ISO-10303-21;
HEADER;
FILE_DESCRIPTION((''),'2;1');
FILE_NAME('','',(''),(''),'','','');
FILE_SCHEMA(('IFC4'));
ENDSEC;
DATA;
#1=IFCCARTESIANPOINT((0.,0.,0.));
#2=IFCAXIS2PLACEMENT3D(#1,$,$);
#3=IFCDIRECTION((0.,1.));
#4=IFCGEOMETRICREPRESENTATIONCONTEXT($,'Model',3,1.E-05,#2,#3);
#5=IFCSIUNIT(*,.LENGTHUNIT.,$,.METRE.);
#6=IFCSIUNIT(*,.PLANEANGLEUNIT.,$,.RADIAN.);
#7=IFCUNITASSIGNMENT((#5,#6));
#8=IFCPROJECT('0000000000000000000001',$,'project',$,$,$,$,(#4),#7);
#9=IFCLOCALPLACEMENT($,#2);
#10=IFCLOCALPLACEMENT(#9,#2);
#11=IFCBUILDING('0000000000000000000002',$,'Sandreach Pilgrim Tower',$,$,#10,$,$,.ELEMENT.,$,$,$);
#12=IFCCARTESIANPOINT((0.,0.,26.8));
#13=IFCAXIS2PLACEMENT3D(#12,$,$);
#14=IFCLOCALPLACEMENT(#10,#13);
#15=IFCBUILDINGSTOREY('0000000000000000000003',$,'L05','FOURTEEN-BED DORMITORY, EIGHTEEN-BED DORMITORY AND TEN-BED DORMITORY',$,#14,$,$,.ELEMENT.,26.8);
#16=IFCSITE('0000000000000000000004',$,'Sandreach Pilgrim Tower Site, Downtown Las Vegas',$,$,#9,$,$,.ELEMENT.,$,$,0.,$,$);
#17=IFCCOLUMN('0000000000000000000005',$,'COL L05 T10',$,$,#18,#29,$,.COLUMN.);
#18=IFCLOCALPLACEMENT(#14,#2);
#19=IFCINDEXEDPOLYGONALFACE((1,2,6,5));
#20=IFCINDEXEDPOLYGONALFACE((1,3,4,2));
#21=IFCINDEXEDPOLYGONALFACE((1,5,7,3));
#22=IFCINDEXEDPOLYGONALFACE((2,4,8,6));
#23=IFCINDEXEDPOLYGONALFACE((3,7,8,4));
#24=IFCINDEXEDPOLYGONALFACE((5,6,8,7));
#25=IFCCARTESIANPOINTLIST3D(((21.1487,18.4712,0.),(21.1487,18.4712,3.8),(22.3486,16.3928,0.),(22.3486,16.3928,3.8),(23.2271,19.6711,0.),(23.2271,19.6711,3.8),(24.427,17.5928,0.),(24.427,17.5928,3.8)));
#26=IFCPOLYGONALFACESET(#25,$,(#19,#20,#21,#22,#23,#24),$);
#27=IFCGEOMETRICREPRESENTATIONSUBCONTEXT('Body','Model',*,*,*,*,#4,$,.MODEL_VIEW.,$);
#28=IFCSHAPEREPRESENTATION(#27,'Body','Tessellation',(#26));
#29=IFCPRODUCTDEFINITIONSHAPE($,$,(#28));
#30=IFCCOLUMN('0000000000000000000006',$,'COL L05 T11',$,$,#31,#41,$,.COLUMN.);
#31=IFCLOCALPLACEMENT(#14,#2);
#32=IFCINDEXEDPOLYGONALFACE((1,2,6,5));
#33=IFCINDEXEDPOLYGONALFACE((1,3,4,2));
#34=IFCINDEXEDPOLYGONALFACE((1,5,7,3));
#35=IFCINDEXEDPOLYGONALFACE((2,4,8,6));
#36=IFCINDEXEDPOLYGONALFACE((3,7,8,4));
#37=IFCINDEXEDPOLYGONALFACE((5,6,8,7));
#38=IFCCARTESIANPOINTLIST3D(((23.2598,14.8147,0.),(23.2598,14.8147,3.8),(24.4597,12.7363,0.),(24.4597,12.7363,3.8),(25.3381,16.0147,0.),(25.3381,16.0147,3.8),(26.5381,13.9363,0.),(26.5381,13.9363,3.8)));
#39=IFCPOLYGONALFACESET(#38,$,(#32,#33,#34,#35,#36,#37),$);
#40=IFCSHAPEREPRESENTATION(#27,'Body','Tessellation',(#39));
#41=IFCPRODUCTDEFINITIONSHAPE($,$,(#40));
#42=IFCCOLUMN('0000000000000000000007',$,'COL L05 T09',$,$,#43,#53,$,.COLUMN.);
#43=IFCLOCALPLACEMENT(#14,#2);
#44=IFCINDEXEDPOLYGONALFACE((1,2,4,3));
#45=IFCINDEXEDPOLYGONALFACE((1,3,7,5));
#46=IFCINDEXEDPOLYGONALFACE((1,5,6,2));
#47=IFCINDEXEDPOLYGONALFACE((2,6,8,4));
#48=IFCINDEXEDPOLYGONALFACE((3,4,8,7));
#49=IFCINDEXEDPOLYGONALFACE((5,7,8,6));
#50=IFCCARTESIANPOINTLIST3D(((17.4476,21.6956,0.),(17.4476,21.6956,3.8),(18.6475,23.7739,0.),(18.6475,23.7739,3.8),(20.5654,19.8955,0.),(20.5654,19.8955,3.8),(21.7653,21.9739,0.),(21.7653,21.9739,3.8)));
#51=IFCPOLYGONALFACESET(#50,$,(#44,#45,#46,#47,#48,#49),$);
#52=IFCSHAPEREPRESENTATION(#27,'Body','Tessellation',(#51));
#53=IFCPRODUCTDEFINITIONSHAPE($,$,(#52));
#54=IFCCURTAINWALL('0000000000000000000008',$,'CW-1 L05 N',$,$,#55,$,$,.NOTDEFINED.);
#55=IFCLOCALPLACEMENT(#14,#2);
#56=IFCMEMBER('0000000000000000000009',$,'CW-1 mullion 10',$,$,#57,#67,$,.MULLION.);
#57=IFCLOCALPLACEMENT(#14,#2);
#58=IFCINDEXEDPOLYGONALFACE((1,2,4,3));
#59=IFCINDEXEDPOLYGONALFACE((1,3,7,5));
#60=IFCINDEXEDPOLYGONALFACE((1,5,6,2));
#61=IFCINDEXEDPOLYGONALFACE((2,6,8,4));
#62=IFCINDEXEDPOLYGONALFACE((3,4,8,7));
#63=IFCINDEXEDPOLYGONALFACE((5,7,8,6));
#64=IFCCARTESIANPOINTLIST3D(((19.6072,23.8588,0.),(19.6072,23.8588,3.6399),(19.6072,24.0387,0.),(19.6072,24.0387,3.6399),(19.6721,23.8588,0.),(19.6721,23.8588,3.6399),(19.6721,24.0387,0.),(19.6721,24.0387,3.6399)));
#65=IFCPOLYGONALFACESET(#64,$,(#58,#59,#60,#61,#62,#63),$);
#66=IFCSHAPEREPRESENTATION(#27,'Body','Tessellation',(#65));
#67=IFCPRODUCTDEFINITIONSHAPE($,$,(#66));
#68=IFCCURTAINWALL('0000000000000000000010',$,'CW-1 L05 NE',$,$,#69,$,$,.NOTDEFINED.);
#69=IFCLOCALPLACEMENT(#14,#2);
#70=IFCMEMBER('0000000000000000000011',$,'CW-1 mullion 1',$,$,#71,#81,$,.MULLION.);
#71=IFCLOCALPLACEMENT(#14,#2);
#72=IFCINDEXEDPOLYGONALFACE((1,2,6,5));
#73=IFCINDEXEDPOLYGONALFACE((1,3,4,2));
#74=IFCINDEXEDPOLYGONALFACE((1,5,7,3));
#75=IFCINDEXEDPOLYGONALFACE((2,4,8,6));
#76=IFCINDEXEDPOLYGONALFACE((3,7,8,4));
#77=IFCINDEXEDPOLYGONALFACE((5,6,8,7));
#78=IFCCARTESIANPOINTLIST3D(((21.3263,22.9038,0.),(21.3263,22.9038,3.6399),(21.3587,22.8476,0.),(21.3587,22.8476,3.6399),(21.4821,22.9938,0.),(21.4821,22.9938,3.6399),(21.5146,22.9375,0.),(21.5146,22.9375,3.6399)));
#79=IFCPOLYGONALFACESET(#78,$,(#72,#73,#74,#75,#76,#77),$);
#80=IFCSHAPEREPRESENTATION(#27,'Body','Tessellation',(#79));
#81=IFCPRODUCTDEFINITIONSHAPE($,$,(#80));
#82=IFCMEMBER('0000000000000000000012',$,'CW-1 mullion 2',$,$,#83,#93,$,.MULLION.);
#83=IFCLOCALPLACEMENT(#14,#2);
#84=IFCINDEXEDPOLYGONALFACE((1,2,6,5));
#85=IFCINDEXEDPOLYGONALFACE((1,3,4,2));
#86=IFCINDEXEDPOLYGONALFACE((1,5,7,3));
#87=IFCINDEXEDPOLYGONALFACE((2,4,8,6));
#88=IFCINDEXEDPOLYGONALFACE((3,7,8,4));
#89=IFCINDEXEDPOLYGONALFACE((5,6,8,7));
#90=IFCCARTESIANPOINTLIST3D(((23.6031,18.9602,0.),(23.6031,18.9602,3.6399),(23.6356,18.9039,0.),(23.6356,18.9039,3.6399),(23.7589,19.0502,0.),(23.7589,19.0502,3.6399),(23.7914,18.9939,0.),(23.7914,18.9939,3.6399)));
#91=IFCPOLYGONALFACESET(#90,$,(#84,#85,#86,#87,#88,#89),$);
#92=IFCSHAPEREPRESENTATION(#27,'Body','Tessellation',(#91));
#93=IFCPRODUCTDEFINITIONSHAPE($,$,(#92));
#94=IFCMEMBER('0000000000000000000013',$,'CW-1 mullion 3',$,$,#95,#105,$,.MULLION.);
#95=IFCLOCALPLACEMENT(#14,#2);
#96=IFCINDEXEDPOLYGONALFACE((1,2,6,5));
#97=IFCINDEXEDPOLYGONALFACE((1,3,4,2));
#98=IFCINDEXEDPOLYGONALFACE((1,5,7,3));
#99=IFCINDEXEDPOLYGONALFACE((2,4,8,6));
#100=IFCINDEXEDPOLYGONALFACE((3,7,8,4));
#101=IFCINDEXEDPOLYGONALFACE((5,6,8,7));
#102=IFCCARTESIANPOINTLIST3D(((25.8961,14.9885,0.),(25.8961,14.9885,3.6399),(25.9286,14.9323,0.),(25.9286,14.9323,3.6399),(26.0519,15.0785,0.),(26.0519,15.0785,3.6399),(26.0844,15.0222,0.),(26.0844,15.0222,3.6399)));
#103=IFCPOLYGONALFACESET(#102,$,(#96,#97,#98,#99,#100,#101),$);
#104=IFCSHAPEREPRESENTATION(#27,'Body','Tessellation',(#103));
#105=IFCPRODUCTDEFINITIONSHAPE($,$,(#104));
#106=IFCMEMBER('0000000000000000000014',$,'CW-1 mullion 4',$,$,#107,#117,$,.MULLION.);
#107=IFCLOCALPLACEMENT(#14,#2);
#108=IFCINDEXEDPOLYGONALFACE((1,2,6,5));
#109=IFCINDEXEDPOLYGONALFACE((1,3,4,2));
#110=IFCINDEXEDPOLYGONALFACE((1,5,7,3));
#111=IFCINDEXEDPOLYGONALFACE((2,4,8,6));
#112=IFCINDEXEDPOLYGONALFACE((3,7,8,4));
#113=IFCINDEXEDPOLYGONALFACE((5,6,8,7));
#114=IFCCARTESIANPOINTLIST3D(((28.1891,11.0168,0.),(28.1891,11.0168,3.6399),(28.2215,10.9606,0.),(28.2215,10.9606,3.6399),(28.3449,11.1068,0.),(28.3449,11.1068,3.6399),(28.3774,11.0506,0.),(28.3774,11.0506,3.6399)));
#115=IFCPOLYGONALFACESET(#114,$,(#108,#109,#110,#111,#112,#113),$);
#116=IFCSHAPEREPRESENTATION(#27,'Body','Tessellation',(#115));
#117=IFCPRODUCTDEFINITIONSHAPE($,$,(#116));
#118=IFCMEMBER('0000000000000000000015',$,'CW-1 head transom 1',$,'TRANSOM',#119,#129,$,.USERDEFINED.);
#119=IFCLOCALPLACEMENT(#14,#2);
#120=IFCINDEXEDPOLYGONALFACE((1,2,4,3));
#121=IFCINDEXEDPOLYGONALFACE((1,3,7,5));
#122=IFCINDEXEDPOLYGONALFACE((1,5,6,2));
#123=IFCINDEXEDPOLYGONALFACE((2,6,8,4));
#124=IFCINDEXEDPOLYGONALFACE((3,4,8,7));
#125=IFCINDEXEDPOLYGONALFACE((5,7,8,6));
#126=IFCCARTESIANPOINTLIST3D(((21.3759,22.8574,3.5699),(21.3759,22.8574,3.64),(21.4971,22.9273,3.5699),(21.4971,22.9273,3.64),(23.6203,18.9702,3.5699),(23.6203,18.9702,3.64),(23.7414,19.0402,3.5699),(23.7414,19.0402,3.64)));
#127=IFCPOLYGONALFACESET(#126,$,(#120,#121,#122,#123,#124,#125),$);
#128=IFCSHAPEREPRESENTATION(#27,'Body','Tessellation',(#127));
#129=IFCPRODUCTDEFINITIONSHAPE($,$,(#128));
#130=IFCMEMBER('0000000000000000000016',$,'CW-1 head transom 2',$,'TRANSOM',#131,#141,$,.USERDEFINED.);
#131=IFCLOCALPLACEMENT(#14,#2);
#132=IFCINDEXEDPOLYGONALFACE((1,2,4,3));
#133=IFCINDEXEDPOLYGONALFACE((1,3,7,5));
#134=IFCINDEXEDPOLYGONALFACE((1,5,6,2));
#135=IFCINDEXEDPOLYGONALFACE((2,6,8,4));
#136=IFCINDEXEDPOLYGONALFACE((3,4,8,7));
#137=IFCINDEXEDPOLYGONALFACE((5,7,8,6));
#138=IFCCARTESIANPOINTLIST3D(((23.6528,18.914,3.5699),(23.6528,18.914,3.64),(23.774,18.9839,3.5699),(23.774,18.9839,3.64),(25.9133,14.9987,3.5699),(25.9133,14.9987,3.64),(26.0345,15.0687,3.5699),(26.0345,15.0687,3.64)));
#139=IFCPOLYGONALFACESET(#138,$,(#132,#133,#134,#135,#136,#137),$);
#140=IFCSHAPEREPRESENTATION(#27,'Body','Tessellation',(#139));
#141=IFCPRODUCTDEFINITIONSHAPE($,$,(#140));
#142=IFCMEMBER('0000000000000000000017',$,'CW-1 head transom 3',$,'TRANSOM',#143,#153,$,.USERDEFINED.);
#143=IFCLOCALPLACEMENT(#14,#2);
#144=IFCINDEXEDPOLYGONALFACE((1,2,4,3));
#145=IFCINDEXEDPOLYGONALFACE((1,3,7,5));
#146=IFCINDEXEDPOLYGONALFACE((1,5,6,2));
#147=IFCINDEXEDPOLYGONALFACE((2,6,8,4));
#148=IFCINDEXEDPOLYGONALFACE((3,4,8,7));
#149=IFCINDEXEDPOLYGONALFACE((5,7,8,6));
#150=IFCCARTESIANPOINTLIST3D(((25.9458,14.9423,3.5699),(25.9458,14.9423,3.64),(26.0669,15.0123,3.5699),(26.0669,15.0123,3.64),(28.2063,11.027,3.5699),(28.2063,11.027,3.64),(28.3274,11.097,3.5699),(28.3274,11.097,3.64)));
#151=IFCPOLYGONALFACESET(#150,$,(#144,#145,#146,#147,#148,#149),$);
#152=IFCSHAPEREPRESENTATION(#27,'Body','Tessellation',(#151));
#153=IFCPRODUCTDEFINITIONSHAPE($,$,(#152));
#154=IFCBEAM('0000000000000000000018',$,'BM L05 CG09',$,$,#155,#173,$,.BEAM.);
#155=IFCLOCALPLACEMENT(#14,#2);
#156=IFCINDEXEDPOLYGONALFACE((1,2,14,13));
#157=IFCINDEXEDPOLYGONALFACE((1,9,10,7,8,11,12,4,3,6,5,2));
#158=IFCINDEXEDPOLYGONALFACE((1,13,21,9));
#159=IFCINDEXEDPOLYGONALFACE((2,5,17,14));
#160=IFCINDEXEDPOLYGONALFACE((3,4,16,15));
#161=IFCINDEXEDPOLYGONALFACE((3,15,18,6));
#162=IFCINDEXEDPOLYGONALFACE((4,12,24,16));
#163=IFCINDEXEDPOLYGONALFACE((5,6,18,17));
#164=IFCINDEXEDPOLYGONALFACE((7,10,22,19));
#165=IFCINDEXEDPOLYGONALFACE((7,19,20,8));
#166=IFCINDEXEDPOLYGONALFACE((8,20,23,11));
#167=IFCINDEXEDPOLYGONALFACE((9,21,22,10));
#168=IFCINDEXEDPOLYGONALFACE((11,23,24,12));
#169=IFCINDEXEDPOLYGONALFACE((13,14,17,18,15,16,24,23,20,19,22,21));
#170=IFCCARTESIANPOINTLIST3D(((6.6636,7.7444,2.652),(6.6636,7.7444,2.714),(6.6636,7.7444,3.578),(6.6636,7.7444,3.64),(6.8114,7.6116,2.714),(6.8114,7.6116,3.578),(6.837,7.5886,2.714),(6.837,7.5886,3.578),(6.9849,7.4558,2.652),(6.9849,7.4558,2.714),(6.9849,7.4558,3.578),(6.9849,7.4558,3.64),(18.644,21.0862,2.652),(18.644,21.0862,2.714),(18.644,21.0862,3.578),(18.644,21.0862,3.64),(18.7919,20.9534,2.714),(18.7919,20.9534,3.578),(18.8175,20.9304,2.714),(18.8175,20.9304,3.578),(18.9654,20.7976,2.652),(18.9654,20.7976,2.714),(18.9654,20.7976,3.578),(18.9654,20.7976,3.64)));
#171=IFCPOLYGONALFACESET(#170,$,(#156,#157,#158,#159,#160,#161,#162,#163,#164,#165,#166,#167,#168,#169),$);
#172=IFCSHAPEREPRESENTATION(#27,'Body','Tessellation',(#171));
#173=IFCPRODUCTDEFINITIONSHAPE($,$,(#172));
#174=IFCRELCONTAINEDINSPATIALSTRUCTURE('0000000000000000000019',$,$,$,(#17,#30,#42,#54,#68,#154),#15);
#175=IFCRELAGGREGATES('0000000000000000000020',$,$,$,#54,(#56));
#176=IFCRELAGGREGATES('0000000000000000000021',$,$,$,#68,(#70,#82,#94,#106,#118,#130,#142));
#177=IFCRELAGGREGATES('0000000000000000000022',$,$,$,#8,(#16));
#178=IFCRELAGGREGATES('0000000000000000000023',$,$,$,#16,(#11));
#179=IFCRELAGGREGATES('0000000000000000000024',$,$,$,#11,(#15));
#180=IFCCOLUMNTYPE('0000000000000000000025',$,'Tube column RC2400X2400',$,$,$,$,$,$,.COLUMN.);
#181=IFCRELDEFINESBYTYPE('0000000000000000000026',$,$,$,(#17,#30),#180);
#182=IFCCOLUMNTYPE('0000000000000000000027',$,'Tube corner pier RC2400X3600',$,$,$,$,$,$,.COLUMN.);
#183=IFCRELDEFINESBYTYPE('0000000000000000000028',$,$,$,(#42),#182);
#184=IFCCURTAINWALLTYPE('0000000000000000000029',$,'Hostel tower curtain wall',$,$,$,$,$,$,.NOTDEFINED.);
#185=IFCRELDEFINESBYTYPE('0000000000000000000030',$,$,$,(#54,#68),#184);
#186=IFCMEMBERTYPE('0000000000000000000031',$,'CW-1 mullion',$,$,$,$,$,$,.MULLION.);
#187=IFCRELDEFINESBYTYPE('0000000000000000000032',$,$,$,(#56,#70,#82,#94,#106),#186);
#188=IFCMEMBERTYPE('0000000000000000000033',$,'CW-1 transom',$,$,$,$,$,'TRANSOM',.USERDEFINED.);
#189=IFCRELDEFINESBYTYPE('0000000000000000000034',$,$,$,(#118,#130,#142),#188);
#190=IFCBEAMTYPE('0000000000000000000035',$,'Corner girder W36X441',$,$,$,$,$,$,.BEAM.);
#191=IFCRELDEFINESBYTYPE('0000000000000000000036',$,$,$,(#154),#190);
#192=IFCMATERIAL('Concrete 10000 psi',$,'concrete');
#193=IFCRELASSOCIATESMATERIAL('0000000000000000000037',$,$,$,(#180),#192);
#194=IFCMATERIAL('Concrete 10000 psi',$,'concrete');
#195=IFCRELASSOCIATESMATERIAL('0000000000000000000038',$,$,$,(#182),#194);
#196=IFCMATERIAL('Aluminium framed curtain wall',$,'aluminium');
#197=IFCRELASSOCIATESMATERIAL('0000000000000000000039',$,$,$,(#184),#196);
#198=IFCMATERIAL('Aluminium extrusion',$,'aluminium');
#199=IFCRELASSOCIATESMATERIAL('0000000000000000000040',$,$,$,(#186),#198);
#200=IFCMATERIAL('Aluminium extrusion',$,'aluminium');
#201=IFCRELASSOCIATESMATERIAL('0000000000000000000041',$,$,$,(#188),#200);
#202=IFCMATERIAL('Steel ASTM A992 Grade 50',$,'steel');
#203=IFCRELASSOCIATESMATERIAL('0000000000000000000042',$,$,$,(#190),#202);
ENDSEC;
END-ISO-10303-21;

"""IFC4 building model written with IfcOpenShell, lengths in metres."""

from ifc_helpers import new_model, si_unit, direction, frame, origin, origin_2d, place, context, subcontext, project, spatial, rectangle, i_section, extrude, material, material_profile, profile_set, type_object, element, aggregate, save


model = new_model("IFC4")

# Units and contexts
model_context = context("Model", 3, precision=1e-05, world=origin(), true_north=direction((0.0, 1.0)))
body_context = subcontext(model_context, "Body", "Model", "MODEL_VIEW")
ifc_project = project(units=[si_unit("LENGTHUNIT", "METRE"), si_unit("PLANEANGLEUNIT", "RADIAN")], contexts=[model_context])

# Site, building, storey
site_placement = place(None, origin())
site = spatial("IfcSite", under=ifc_project, at=site_placement, Name="Sandreach Pilgrim Tower Site, Downtown Las Vegas", CompositionType="ELEMENT", RefElevation=0.0)
building_placement = place(site_placement, origin())
building = spatial("IfcBuilding", under=site, at=building_placement, Name="Sandreach Pilgrim Tower", CompositionType="ELEMENT")
storey_placement = place(building_placement, frame((0.0, 0.0, 26.8)))
storey = spatial("IfcBuildingStorey", under=building, at=storey_placement, Name="L05", Description="FOURTEEN-BED DORMITORY, EIGHTEEN-BED DORMITORY AND TEN-BED DORMITORY", CompositionType="ELEMENT", Elevation=26.8)

# Columns
ifc_material_1 = material(Name="Concrete 10000 psi", Category="concrete")
ifc_material_profile_1 = material_profile(ifc_material_1, rectangle(XDim=2.3999, YDim=2.3999, at=origin_2d()), Name="RC2400X2400")
ifc_profile_set_1 = profile_set([ifc_material_profile_1], Name="Concrete 10000 psi")
column_type_1 = type_object("IfcColumnType", Name="Tube column RC2400X2400", PredefinedType="COLUMN", material=ifc_profile_set_1)
for number, where, z_axis, x_axis, name in (
    (1, (22.7878, 18.032, 0.0), (0.0, 0.0, 1.0), (0.866025, 0.5, 0.0), "COL L05 T10"),
    (2, (24.8989, 14.3755, 0.0), (0.0, 0.0, 1.0), (0.866025, 0.5, 0.0), "COL L05 T11"),
):
    element("IfcColumn", number, at=place(storey_placement, frame(where, z_axis=z_axis, x_axis=x_axis)), inside=storey, type_object=column_type_1, Name=name, PredefinedType="COLUMN", context=body_context, shape_type="SweptSolid", body=[
        extrude(rectangle(XDim=2.3999, YDim=2.3999, at=origin_2d()), origin(), (0.0, 0.0, 1.0), 3.8),
    ])
ifc_material_2 = material(Name="Concrete 10000 psi", Category="concrete")
ifc_material_profile_2 = material_profile(ifc_material_2, rectangle(XDim=2.3999, YDim=3.6001, at=origin_2d()), Name="RC2400X3600")
ifc_profile_set_2 = profile_set([ifc_material_profile_2], Name="Concrete 10000 psi")
column_type_2 = type_object("IfcColumnType", Name="Tube corner pier RC2400X3600", PredefinedType="COLUMN", material=ifc_profile_set_2)
column_placement = place(storey_placement, frame((19.6064, 21.8347, 0.0), z_axis=(0.0, 0.0, 1.0), x_axis=(0.5, 0.866025, 0.0)))
element("IfcColumn", 3, at=column_placement, inside=storey, type_object=column_type_2, Name="COL L05 T09", PredefinedType="COLUMN", context=body_context, shape_type="SweptSolid", body=[
    extrude(rectangle(XDim=2.3999, YDim=3.6001, at=origin_2d()), origin(), (0.0, 0.0, 1.0), 3.8),
])

# Curtain wall, member
ifc_material_3 = material(Name="Aluminium framed curtain wall", Category="aluminium")
curtain_wall_type = type_object("IfcCurtainWallType", Name="Hostel tower curtain wall", PredefinedType="NOTDEFINED", material=ifc_material_3)
curtain_wall_1_placement = place(storey_placement, origin())
curtain_wall_1 = element("IfcCurtainWall", 4, at=curtain_wall_1_placement, inside=storey, type_object=curtain_wall_type, Name="CW-1 L05 N", PredefinedType="NOTDEFINED")
ifc_material_4 = material(Name="Aluminium extrusion", Category="aluminium")
ifc_material_profile_3 = material_profile(ifc_material_4, rectangle(XDim=0.0649, YDim=0.1799, at=origin_2d()), Name="CW-1M 65X180")
ifc_profile_set_3 = profile_set([ifc_material_profile_3], Name="Aluminium extrusion")
member_type_1 = type_object("IfcMemberType", Name="CW-1 mullion", PredefinedType="MULLION", material=ifc_profile_set_3)
member_1_placement = place(storey_placement, frame((19.6396, 23.9487, 0.0), z_axis=(0.0, 0.0, 1.0), x_axis=(1.0, 0.0, 0.0)))
member_1 = element("IfcMember", 5, at=member_1_placement, type_object=member_type_1, Name="CW-1 mullion 10", PredefinedType="MULLION", context=body_context, shape_type="SweptSolid", body=[
    extrude(rectangle(XDim=0.0649, YDim=0.1799, at=origin_2d()), origin(), (0.0, 0.0, 1.0), 3.6399),
])

# Curtain wall, members
curtain_wall_2_placement = place(storey_placement, origin())
curtain_wall_2 = element("IfcCurtainWall", 6, at=curtain_wall_2_placement, inside=storey, type_object=curtain_wall_type, Name="CW-1 L05 NE", PredefinedType="NOTDEFINED")
member_2_placement = place(storey_placement, frame((21.4204, 22.9207, 0.0), z_axis=(0.0, 0.0, 1.0), x_axis=(0.5, -0.866025, 0.0)))
member_2 = element("IfcMember", 7, at=member_2_placement, type_object=member_type_1, Name="CW-1 mullion 1", PredefinedType="MULLION", context=body_context, shape_type="SweptSolid", body=[
    extrude(rectangle(XDim=0.0649, YDim=0.1799, at=origin_2d()), origin(), (0.0, 0.0, 1.0), 3.6399),
])
member_3_placement = place(storey_placement, frame((23.6973, 18.9771, 0.0), z_axis=(0.0, 0.0, 1.0), x_axis=(0.5, -0.866025, 0.0)))
member_3 = element("IfcMember", 8, at=member_3_placement, type_object=member_type_1, Name="CW-1 mullion 2", PredefinedType="MULLION", context=body_context, shape_type="SweptSolid", body=[
    extrude(rectangle(XDim=0.0649, YDim=0.1799, at=origin_2d()), origin(), (0.0, 0.0, 1.0), 3.6399),
])
member_4_placement = place(storey_placement, frame((25.9902, 15.0054, 0.0), z_axis=(0.0, 0.0, 1.0), x_axis=(0.5, -0.866025, 0.0)))
member_4 = element("IfcMember", 9, at=member_4_placement, type_object=member_type_1, Name="CW-1 mullion 3", PredefinedType="MULLION", context=body_context, shape_type="SweptSolid", body=[
    extrude(rectangle(XDim=0.0649, YDim=0.1799, at=origin_2d()), origin(), (0.0, 0.0, 1.0), 3.6399),
])
member_5_placement = place(storey_placement, frame((28.2832, 11.0337, 0.0), z_axis=(0.0, 0.0, 1.0), x_axis=(0.5, -0.866025, 0.0)))
member_5 = element("IfcMember", 10, at=member_5_placement, type_object=member_type_1, Name="CW-1 mullion 4", PredefinedType="MULLION", context=body_context, shape_type="SweptSolid", body=[
    extrude(rectangle(XDim=0.0649, YDim=0.1799, at=origin_2d()), origin(), (0.0, 0.0, 1.0), 3.6399),
])
ifc_material_5 = material(Name="Aluminium extrusion", Category="aluminium")
ifc_material_profile_4 = material_profile(ifc_material_5, rectangle(XDim=0.1399, YDim=0.0701, at=origin_2d()), Name="CW-1T 140X70")
ifc_profile_set_4 = profile_set([ifc_material_profile_4], Name="Aluminium extrusion")
member_type_2 = type_object("IfcMemberType", Name="CW-1 transom", ElementType="TRANSOM", PredefinedType="USERDEFINED", material=ifc_profile_set_4)
member_6_placement = place(storey_placement, frame((21.4365, 22.8923, 3.605), z_axis=(0.500018, -0.866015, 0.0), x_axis=(0.866015, 0.500018, 0.0)))
member_6 = element("IfcMember", 11, at=member_6_placement, type_object=member_type_2, Name="CW-1 head transom 1", ObjectType="TRANSOM", PredefinedType="USERDEFINED", context=body_context, shape_type="SweptSolid", body=[
    extrude(rectangle(XDim=0.1399, YDim=0.0701, at=origin_2d()), origin(), (0.0, 0.0, 1.0), 4.4885),
])
member_7_placement = place(storey_placement, frame((23.7134, 18.949, 3.605), z_axis=(0.500001, -0.866025, 0.0), x_axis=(0.866025, 0.500001, 0.0)))
member_7 = element("IfcMember", 12, at=member_7_placement, type_object=member_type_2, Name="CW-1 head transom 2", ObjectType="TRANSOM", PredefinedType="USERDEFINED", context=body_context, shape_type="SweptSolid", body=[
    extrude(rectangle(XDim=0.1399, YDim=0.0701, at=origin_2d()), origin(), (0.0, 0.0, 1.0), 4.521),
])
member_8_placement = place(storey_placement, frame((26.0063, 14.9773, 3.605), z_axis=(0.500001, -0.866025, 0.0), x_axis=(0.866025, 0.500001, 0.0)))
member_8 = element("IfcMember", 13, at=member_8_placement, type_object=member_type_2, Name="CW-1 head transom 3", ObjectType="TRANSOM", PredefinedType="USERDEFINED", context=body_context, shape_type="SweptSolid", body=[
    extrude(rectangle(XDim=0.1399, YDim=0.0701, at=origin_2d()), origin(), (0.0, 0.0, 1.0), 4.521),
])

# Beam
ifc_material_6 = material(Name="Steel ASTM A992 Grade 50", Category="steel")
ifc_material_profile_5 = material_profile(ifc_material_6, i_section(OverallWidth=0.4319, OverallDepth=0.988, WebThickness=0.0344, FlangeThickness=0.062, at=origin_2d()), Name="W36X441")
ifc_profile_set_5 = profile_set([ifc_material_profile_5], Name="Steel ASTM A992 Grade 50")
beam_type_1 = type_object("IfcBeamType", Name="Corner girder W36X441", PredefinedType="BEAM", material=ifc_profile_set_5)
beam_1_placement = place(storey_placement, frame((18.8047, 20.9419, 3.146), z_axis=(-0.668128, -0.744047, 0.0), x_axis=(0.744047, -0.668128, 0.0)))
element("IfcBeam", 14, at=beam_1_placement, inside=storey, type_object=beam_type_1, Name="BM L05 CG09", PredefinedType="BEAM", context=body_context, shape_type="SweptSolid", body=[
    extrude(i_section(OverallWidth=0.4319, OverallDepth=0.988, WebThickness=0.0344, FlangeThickness=0.062, at=origin_2d()), origin(), (0.0, 0.0, 1.0), 17.9314),
])

aggregate(curtain_wall_1, [member_1])
aggregate(curtain_wall_2, [member_2, member_3, member_4, member_5, member_6, member_7, member_8])

save(model, "model.ifc")
